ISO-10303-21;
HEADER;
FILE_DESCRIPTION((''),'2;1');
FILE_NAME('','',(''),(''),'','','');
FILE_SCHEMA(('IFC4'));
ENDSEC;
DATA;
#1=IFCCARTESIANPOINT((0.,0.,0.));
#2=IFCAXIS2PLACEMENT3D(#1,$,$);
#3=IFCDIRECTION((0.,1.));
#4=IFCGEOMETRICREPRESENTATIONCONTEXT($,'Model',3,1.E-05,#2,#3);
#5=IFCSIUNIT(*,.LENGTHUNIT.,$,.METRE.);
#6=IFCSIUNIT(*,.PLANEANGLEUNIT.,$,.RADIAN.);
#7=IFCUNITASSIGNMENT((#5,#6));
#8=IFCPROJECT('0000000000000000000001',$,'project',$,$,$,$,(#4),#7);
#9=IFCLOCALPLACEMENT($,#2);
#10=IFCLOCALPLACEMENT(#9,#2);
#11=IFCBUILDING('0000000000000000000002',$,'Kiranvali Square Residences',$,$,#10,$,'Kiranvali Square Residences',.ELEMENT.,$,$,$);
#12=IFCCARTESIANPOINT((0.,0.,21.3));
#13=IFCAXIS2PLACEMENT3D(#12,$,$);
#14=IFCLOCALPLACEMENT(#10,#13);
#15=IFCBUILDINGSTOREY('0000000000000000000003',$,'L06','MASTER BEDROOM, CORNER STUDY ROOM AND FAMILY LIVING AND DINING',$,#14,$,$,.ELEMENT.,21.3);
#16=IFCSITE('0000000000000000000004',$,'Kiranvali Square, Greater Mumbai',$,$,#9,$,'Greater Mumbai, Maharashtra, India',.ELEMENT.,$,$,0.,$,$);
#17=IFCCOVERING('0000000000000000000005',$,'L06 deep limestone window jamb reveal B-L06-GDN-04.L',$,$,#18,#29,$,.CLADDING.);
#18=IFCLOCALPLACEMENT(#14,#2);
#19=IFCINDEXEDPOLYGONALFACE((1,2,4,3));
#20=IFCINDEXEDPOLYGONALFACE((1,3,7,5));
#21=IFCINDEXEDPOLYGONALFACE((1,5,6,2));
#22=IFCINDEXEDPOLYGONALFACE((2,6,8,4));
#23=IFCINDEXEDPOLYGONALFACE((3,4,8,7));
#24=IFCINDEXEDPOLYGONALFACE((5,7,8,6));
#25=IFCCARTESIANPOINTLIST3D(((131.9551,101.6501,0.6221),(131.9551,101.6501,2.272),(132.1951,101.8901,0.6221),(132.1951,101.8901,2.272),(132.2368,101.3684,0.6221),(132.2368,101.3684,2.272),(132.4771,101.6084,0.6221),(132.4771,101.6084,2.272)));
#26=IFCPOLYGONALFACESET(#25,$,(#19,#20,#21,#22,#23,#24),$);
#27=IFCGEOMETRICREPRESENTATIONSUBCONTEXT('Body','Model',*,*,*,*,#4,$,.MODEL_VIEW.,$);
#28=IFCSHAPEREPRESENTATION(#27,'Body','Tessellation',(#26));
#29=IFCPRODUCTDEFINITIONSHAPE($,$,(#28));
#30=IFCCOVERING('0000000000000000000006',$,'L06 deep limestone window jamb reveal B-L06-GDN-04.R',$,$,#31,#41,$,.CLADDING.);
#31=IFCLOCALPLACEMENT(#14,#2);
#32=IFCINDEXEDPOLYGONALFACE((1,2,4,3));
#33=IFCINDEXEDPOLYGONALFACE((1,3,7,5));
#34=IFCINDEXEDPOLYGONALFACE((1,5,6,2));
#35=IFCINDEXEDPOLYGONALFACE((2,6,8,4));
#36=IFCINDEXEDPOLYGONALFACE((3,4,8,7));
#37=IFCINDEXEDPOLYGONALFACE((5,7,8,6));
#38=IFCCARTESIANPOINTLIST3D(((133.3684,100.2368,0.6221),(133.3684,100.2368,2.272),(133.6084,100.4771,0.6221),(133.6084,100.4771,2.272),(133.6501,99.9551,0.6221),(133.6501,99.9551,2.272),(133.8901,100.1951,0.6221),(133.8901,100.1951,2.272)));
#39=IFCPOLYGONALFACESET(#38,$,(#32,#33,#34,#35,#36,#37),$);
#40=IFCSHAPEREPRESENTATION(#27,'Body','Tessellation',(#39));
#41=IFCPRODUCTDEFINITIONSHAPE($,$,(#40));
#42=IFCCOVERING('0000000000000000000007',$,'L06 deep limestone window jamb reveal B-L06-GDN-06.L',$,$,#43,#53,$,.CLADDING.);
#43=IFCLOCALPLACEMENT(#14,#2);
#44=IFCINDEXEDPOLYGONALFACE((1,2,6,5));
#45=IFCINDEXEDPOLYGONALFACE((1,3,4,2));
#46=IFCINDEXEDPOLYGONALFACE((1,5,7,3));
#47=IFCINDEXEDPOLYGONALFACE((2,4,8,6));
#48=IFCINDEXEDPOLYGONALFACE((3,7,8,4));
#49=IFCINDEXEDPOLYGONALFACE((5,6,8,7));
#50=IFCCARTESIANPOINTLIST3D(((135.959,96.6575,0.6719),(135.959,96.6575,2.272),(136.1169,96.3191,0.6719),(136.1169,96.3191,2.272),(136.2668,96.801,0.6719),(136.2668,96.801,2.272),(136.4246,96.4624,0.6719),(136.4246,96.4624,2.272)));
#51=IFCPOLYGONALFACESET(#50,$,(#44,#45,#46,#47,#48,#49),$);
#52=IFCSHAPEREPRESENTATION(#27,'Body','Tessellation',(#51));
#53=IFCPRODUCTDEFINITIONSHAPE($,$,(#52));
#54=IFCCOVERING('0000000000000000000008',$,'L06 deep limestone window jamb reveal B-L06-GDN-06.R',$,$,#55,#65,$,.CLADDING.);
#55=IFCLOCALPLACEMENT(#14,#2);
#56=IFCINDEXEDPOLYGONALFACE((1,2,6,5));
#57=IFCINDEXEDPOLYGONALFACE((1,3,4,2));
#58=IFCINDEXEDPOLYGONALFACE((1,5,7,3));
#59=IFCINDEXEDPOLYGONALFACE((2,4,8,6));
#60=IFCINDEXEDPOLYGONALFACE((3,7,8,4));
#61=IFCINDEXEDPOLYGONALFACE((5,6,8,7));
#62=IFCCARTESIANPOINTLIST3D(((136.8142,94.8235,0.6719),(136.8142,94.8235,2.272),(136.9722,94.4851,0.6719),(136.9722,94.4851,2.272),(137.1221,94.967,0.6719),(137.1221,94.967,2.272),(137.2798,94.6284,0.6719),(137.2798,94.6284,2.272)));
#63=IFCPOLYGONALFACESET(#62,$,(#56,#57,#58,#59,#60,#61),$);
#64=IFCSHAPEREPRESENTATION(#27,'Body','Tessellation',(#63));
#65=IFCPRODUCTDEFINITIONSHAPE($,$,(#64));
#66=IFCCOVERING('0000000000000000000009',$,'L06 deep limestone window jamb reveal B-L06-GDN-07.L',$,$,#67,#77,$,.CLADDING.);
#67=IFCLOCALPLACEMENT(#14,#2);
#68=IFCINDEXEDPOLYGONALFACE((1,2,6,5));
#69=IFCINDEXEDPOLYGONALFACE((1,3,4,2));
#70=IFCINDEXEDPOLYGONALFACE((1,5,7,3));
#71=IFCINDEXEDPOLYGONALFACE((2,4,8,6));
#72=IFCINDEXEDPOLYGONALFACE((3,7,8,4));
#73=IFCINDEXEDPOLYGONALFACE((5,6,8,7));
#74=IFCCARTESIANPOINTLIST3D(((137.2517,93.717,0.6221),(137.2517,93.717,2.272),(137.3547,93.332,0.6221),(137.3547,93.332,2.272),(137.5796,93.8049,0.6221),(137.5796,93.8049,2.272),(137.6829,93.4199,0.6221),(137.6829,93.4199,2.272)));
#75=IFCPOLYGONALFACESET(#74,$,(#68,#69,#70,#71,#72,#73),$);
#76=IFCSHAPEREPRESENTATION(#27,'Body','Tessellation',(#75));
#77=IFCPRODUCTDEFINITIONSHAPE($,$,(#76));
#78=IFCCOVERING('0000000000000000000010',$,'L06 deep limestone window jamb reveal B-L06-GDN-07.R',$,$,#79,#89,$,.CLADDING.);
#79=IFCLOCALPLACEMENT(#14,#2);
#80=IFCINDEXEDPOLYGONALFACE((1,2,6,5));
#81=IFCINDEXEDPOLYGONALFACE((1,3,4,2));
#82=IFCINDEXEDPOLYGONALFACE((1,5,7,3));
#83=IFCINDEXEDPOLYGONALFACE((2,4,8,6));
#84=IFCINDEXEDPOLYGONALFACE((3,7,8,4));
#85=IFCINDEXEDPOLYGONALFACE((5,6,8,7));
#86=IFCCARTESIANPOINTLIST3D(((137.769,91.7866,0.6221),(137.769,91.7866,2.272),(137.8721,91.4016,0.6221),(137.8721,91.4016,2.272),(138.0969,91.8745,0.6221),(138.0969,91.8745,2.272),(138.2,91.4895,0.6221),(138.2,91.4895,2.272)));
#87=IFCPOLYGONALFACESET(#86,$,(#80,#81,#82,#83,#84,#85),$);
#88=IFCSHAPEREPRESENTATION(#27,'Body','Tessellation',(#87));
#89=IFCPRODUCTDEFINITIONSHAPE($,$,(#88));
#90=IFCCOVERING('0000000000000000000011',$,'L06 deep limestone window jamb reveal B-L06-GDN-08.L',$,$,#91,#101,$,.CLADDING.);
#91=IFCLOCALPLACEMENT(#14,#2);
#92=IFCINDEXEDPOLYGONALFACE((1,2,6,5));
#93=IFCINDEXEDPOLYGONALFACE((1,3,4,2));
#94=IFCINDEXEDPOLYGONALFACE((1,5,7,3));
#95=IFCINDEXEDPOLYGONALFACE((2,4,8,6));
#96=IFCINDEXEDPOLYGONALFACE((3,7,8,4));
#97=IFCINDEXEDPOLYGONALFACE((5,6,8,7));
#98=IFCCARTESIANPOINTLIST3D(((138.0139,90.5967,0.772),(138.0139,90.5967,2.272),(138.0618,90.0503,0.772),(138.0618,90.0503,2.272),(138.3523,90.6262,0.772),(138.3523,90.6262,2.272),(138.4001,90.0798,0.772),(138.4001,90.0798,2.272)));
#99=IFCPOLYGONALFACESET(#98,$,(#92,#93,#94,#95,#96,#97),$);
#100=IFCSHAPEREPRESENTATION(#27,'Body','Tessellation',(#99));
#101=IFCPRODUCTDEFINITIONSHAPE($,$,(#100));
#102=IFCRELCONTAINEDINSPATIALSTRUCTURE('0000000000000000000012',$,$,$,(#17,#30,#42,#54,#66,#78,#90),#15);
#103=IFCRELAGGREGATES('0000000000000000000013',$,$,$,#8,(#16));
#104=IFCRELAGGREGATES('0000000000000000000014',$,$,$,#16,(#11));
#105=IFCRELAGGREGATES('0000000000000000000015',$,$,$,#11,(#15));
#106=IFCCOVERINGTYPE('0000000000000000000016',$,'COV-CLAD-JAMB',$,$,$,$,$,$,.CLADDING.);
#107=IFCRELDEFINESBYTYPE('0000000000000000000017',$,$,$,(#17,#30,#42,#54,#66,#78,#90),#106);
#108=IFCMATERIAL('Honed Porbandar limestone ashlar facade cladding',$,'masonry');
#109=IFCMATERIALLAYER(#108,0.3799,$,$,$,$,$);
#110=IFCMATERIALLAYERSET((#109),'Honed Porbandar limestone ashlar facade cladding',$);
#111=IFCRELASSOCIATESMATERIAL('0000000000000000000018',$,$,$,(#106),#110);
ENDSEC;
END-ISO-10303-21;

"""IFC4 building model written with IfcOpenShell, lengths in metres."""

from ifc_helpers import new_model, si_unit, direction, frame, origin, place, context, subcontext, project, spatial, polyline, outline, extrude, material, layer, layer_set, type_object, element, save


model = new_model("IFC4")

# Units and contexts
model_context = context("Model", 3, precision=1e-05, world=origin(), true_north=direction((0.0, 1.0)))
body_context = subcontext(model_context, "Body", "Model", "MODEL_VIEW")
ifc_project = project(units=[si_unit("LENGTHUNIT", "METRE"), si_unit("PLANEANGLEUNIT", "RADIAN")], contexts=[model_context])

# Site, building, storey
site_placement = place(None, origin())
site = spatial("IfcSite", under=ifc_project, at=site_placement, Name="Kiranvali Square, Greater Mumbai", LongName="Greater Mumbai, Maharashtra, India", CompositionType="ELEMENT", RefElevation=0.0)
building_placement = place(site_placement, origin())
building = spatial("IfcBuilding", under=site, at=building_placement, Name="Kiranvali Square Residences", LongName="Kiranvali Square Residences", CompositionType="ELEMENT")
storey_placement = place(building_placement, frame((0.0, 0.0, 21.3)))
storey = spatial("IfcBuildingStorey", under=building, at=storey_placement, Name="L06", Description="MASTER BEDROOM, CORNER STUDY ROOM AND FAMILY LIVING AND DINING", CompositionType="ELEMENT", Elevation=21.3)

# Coverings
ifc_material = material(Name="Honed Porbandar limestone ashlar facade cladding", Category="masonry")
ifc_layer = layer(ifc_material, 0.3799)
ifc_layer_set = layer_set([ifc_layer], Name="Honed Porbandar limestone ashlar facade cladding")
covering_type = type_object("IfcCoveringType", Name="COV-CLAD-JAMB", PredefinedType="CLADDING", material=ifc_layer_set)
covering_1_placement = place(storey_placement, frame((0.0, 0.0, 0.6221)))
element("IfcCovering", 1, at=covering_1_placement, inside=storey, type_object=covering_type, Name="L06 deep limestone window jamb reveal B-L06-GDN-04.L", PredefinedType="CLADDING", context=body_context, shape_type="SweptSolid", body=[
    extrude(outline(polyline([(131.9551, 101.6501), (132.2368, 101.3684), (132.4771, 101.6084), (132.1951, 101.8901), (131.9551, 101.6501)])), origin(), (0.0, 0.0, 1.0), 1.6499),
])
covering_2_placement = place(storey_placement, frame((0.0, 0.0, 0.6221)))
element("IfcCovering", 2, at=covering_2_placement, inside=storey, type_object=covering_type, Name="L06 deep limestone window jamb reveal B-L06-GDN-04.R", PredefinedType="CLADDING", context=body_context, shape_type="SweptSolid", body=[
    extrude(outline(polyline([(133.3684, 100.2368), (133.6501, 99.9551), (133.8901, 100.1951), (133.6084, 100.4771), (133.3684, 100.2368)])), origin(), (0.0, 0.0, 1.0), 1.6499),
])
covering_3_placement = place(storey_placement, frame((0.0, 0.0, 0.6719)))
element("IfcCovering", 3, at=covering_3_placement, inside=storey, type_object=covering_type, Name="L06 deep limestone window jamb reveal B-L06-GDN-06.L", PredefinedType="CLADDING", context=body_context, shape_type="SweptSolid", body=[
    extrude(outline(polyline([(135.959, 96.6575), (136.1169, 96.3191), (136.4246, 96.4624), (136.2668, 96.801), (135.959, 96.6575)])), origin(), (0.0, 0.0, 1.0), 1.6001),
])
covering_4_placement = place(storey_placement, frame((0.0, 0.0, 0.6719)))
element("IfcCovering", 4, at=covering_4_placement, inside=storey, type_object=covering_type, Name="L06 deep limestone window jamb reveal B-L06-GDN-06.R", PredefinedType="CLADDING", context=body_context, shape_type="SweptSolid", body=[
    extrude(outline(polyline([(136.8142, 94.8235), (136.9722, 94.4851), (137.2798, 94.6284), (137.1221, 94.967), (136.8142, 94.8235)])), origin(), (0.0, 0.0, 1.0), 1.6001),
])
covering_5_placement = place(storey_placement, frame((0.0, 0.0, 0.6221)))
element("IfcCovering", 5, at=covering_5_placement, inside=storey, type_object=covering_type, Name="L06 deep limestone window jamb reveal B-L06-GDN-07.L", PredefinedType="CLADDING", context=body_context, shape_type="SweptSolid", body=[
    extrude(outline(polyline([(137.2517, 93.717), (137.3547, 93.332), (137.6829, 93.4199), (137.5796, 93.8049), (137.2517, 93.717)])), origin(), (0.0, 0.0, 1.0), 1.6499),
])
covering_6_placement = place(storey_placement, frame((0.0, 0.0, 0.6221)))
element("IfcCovering", 6, at=covering_6_placement, inside=storey, type_object=covering_type, Name="L06 deep limestone window jamb reveal B-L06-GDN-07.R", PredefinedType="CLADDING", context=body_context, shape_type="SweptSolid", body=[
    extrude(outline(polyline([(137.769, 91.7866), (137.8721, 91.4016), (138.2, 91.4895), (138.0969, 91.8745), (137.769, 91.7866)])), origin(), (0.0, 0.0, 1.0), 1.6499),
])
covering_7_placement = place(storey_placement, frame((0.0, 0.0, 0.772)))
element("IfcCovering", 7, at=covering_7_placement, inside=storey, type_object=covering_type, Name="L06 deep limestone window jamb reveal B-L06-GDN-08.L", PredefinedType="CLADDING", context=body_context, shape_type="SweptSolid", body=[
    extrude(outline(polyline([(138.0139, 90.5967), (138.0618, 90.0503), (138.4001, 90.0798), (138.3523, 90.6262), (138.0139, 90.5967)])), origin(), (0.0, 0.0, 1.0), 1.5),
])

save(model, "model.ifc")
